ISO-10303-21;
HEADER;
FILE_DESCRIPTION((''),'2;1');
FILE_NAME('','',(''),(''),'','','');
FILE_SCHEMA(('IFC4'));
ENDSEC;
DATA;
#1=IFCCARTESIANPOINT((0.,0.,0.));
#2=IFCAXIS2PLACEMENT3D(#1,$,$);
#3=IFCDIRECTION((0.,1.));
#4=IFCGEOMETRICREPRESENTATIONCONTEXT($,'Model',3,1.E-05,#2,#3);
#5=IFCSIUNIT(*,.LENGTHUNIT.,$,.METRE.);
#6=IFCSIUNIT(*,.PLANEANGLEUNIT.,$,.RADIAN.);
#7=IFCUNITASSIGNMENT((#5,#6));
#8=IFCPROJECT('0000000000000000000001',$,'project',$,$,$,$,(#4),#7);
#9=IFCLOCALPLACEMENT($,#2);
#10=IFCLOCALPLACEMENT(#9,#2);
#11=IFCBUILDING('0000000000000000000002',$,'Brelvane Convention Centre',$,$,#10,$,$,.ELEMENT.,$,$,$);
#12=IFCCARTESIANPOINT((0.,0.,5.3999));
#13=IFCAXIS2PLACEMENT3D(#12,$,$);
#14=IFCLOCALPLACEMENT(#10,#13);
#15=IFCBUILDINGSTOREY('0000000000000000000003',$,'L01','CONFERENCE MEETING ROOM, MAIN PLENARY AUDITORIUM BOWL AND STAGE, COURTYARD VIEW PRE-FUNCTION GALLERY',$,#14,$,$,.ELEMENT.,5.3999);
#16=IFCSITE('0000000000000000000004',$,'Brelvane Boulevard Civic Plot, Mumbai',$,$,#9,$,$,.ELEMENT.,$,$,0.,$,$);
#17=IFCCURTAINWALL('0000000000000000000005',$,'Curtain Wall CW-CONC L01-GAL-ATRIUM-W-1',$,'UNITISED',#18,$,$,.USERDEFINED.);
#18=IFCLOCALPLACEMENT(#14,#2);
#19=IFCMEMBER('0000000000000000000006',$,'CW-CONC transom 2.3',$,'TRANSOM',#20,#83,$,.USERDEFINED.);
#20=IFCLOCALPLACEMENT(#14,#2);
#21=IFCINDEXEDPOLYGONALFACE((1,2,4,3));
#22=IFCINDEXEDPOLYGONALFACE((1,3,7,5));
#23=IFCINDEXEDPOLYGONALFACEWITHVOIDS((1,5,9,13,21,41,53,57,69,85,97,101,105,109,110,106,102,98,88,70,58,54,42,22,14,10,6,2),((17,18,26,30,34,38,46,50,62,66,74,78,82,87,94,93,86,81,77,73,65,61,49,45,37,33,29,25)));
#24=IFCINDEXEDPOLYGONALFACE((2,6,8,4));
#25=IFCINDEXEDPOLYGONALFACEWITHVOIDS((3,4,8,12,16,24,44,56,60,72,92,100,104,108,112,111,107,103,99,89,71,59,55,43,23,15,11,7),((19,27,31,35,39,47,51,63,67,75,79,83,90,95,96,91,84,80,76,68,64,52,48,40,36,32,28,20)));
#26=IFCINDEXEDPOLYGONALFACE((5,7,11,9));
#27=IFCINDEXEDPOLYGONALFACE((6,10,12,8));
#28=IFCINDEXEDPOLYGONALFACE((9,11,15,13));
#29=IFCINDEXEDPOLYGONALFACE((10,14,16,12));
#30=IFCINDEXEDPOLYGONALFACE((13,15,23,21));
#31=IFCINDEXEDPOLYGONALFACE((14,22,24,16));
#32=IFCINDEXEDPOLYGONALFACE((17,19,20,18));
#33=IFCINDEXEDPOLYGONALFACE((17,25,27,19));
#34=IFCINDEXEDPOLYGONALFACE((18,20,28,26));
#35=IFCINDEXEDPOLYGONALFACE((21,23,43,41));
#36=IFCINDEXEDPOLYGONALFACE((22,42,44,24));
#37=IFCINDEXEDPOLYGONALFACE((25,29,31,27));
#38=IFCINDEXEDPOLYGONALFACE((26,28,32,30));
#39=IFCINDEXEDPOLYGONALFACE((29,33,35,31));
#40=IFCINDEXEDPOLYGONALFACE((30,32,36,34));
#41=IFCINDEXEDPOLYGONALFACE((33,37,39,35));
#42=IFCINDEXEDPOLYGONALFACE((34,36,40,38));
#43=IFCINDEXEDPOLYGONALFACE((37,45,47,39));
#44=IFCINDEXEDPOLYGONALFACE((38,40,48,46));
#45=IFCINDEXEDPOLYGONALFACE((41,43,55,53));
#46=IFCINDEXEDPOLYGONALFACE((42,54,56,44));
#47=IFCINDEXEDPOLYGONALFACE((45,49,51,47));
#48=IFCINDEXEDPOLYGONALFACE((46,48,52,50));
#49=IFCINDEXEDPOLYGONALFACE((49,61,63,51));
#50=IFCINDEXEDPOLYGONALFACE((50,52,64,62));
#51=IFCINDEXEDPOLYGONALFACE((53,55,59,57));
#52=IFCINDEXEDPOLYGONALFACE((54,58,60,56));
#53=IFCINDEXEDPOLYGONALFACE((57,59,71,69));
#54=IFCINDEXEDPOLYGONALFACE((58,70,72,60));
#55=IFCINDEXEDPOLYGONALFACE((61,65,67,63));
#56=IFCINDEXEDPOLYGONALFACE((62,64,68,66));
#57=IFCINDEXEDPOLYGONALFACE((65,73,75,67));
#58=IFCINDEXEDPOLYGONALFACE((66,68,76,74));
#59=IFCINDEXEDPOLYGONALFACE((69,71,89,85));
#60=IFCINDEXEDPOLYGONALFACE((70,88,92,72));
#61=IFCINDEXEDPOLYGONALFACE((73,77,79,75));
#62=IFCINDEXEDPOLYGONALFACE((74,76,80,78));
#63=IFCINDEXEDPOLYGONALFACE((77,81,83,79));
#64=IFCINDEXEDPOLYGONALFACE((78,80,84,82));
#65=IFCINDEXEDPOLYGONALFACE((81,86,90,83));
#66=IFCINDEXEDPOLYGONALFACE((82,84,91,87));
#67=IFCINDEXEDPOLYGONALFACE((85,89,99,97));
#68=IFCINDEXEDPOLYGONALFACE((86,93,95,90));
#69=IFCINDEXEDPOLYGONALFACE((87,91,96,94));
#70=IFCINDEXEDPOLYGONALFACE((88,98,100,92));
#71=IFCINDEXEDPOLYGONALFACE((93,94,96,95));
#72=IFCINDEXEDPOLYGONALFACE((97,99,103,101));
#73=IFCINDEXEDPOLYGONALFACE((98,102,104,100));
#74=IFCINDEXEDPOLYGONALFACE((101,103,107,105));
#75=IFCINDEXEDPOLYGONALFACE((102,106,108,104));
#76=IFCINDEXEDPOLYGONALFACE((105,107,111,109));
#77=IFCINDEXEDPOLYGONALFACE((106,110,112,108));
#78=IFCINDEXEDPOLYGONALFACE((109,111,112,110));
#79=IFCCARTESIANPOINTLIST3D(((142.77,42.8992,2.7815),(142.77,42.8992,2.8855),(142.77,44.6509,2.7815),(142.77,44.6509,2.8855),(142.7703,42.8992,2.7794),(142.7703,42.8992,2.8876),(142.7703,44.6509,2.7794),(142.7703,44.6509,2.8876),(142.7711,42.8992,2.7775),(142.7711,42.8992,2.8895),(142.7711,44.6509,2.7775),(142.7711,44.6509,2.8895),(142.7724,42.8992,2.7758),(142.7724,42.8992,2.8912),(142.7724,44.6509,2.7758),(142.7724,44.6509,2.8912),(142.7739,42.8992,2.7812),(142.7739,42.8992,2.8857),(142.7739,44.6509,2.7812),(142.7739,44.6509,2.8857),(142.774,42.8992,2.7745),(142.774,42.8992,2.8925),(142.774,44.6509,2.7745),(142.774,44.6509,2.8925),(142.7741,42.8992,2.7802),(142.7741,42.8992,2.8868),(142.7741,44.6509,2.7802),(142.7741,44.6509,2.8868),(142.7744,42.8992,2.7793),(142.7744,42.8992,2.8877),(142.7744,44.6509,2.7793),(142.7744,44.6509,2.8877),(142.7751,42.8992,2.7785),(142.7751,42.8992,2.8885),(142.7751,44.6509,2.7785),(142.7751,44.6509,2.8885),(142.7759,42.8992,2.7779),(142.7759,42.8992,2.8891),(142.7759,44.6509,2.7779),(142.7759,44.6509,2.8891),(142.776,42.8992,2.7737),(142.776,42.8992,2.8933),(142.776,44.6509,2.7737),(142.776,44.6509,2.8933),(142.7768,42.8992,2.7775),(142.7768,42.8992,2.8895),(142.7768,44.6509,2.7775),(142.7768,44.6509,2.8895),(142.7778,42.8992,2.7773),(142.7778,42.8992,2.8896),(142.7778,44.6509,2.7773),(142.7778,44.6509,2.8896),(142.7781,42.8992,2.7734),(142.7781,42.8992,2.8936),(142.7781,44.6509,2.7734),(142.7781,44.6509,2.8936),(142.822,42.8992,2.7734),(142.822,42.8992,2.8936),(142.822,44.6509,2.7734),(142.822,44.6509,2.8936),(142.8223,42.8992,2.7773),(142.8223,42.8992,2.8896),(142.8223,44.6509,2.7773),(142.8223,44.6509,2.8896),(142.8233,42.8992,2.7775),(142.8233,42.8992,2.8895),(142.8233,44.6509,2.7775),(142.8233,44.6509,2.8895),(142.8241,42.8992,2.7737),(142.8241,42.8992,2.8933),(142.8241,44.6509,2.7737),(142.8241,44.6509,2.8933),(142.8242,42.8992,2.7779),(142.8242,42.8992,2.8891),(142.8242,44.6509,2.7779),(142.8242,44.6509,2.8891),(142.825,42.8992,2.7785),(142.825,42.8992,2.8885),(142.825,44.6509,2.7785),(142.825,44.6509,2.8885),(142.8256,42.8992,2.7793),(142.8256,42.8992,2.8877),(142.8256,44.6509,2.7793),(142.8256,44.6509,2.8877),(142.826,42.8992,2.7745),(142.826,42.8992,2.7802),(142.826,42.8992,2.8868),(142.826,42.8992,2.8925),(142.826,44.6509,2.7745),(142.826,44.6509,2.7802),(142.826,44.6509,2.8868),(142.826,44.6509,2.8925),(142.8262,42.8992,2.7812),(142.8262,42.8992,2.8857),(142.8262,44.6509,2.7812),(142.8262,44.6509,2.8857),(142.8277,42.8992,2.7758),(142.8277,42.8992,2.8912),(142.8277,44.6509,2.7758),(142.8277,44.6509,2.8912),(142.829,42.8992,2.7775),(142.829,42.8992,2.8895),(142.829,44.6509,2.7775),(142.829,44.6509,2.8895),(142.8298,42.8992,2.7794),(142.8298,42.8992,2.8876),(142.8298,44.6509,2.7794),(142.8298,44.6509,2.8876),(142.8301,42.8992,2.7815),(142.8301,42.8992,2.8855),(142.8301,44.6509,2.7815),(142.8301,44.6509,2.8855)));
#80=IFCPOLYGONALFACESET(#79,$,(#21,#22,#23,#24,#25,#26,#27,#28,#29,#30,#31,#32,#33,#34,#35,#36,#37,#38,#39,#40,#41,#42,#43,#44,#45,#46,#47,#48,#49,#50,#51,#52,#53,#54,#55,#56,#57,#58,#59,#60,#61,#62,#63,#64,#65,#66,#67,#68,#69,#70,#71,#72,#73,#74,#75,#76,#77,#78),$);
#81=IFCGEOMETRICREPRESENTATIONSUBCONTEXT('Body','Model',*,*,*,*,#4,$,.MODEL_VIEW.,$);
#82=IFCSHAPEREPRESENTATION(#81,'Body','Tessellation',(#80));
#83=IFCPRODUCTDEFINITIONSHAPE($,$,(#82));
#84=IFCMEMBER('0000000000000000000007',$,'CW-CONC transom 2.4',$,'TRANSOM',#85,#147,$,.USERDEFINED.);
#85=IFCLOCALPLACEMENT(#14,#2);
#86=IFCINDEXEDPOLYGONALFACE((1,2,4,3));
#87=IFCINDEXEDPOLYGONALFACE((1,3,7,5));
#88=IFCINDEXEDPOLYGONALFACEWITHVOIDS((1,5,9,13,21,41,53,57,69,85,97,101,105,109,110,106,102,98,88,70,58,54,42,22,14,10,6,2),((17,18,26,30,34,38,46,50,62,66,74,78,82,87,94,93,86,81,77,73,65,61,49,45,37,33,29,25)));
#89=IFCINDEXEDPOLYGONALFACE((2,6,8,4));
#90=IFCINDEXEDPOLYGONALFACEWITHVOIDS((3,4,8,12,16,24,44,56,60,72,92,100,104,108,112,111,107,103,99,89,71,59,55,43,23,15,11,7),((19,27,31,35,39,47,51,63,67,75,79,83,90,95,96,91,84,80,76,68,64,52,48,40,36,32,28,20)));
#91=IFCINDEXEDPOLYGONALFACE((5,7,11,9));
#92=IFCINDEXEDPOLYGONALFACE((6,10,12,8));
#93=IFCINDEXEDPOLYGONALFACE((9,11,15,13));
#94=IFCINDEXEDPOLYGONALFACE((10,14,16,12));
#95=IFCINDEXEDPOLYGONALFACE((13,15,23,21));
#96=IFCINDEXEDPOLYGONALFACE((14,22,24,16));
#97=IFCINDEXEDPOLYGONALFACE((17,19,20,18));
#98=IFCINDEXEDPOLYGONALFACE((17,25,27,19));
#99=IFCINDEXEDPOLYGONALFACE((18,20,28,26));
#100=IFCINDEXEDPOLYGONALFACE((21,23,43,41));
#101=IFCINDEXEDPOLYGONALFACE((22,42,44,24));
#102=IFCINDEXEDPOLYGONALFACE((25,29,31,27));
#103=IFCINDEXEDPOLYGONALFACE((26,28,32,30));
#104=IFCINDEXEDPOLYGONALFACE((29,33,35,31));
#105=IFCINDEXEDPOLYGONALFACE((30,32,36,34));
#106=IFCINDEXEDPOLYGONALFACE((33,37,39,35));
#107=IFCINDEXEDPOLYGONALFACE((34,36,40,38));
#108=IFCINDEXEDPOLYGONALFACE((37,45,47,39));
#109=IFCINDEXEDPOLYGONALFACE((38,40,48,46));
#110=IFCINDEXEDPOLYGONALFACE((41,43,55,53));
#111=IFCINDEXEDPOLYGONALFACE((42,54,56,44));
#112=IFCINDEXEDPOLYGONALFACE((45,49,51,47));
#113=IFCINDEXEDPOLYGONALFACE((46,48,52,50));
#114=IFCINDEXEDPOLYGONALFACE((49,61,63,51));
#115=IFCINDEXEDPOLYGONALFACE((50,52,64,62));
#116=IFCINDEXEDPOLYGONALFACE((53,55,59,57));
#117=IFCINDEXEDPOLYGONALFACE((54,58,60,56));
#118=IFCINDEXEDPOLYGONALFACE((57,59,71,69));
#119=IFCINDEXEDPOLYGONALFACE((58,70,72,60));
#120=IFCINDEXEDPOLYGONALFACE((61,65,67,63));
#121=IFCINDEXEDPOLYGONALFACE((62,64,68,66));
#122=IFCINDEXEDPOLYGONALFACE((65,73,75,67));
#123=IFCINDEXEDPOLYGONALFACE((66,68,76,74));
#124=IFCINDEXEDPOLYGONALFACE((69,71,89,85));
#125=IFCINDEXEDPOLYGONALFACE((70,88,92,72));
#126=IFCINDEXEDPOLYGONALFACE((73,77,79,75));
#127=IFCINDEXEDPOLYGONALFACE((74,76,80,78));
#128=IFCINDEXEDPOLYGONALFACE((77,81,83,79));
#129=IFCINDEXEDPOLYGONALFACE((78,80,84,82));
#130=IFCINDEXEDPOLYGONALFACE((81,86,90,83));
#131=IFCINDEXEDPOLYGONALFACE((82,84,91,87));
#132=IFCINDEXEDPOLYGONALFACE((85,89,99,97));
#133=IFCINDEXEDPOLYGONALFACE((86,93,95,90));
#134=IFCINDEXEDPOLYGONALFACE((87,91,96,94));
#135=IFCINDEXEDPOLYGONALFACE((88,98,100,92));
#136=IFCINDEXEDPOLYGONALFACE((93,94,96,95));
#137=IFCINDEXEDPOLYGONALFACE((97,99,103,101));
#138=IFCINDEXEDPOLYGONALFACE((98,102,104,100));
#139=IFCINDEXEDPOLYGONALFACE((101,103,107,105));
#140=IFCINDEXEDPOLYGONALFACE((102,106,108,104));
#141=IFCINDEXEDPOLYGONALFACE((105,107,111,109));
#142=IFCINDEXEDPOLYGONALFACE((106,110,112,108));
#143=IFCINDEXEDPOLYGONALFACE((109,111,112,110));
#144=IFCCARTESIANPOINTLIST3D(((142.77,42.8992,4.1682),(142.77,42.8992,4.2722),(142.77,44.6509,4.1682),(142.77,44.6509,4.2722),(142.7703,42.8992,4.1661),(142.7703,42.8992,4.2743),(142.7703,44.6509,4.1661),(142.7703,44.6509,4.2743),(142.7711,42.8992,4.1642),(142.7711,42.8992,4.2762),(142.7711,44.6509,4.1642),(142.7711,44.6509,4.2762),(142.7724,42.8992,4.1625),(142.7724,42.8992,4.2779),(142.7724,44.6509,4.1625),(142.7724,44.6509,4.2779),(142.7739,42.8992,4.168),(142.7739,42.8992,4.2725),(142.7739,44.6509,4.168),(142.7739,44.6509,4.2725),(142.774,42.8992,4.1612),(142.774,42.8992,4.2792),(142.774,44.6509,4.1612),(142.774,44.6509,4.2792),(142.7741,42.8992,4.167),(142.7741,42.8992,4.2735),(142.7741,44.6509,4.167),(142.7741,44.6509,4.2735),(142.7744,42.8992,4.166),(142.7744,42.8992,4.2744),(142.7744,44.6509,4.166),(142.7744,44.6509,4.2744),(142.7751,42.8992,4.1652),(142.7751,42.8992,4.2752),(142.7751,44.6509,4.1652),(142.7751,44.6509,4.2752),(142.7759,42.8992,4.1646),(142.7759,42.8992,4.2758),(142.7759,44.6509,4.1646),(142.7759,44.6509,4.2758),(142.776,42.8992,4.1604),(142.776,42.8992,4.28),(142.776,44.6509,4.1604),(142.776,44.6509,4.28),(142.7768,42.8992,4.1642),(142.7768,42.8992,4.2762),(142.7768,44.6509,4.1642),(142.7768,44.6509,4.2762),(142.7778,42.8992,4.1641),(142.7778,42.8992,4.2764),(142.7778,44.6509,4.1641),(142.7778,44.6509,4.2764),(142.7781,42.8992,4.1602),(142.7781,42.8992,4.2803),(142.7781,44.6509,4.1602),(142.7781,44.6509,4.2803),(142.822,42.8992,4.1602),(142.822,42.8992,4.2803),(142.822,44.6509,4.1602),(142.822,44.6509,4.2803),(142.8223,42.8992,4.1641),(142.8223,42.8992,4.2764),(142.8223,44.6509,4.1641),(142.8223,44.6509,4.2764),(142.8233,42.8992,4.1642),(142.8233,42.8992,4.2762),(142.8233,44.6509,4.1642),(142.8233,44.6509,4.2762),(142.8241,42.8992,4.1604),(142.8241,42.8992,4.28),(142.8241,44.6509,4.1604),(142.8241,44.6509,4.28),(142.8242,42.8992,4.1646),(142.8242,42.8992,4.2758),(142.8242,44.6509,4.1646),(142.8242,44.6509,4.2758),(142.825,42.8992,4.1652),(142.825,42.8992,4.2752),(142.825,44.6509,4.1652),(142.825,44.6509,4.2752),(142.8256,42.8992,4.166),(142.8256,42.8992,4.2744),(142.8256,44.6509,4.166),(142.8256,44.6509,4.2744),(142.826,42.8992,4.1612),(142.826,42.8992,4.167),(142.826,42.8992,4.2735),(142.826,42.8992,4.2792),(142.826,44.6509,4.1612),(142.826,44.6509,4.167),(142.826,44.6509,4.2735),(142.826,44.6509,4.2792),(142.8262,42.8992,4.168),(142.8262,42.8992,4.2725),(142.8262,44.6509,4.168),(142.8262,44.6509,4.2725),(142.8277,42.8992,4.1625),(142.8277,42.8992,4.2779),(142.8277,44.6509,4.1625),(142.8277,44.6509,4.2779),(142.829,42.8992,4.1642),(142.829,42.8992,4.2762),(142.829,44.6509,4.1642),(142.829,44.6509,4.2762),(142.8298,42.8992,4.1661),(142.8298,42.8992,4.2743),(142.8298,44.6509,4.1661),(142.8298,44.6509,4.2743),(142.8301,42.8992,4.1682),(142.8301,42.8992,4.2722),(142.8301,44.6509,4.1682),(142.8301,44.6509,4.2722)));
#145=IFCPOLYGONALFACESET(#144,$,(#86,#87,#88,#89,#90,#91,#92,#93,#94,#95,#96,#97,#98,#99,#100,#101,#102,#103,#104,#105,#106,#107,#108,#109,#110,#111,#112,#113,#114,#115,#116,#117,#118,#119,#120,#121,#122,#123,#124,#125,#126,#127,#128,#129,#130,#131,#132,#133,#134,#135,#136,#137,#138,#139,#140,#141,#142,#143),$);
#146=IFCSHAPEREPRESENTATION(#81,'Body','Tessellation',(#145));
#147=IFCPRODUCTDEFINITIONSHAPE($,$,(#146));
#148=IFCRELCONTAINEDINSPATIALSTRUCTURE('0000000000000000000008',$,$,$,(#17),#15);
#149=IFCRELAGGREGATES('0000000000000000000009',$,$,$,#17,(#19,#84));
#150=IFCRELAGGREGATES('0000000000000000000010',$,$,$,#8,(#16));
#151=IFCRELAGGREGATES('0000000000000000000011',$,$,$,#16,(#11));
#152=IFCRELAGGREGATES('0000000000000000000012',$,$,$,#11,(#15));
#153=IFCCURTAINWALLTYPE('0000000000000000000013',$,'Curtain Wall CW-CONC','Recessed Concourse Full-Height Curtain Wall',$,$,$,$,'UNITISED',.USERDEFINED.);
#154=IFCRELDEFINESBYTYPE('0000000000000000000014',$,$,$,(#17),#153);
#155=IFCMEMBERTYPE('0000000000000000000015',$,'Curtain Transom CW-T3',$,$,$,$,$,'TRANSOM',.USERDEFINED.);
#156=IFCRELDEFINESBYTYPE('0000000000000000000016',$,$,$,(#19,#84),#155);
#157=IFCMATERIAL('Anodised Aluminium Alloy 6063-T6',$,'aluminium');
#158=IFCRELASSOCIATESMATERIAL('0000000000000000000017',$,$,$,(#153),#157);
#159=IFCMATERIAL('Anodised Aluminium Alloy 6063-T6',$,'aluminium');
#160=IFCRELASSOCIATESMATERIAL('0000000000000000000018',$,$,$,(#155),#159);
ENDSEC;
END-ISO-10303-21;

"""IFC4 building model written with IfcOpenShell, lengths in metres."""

from ifc_helpers import new_model, si_unit, direction, frame, origin, origin_2d, place, context, subcontext, project, spatial, hollow_rectangle, extrude, material, material_profile, profile_set, type_object, element, aggregate, save


model = new_model("IFC4")

# Units and contexts
model_context = context("Model", 3, precision=1e-05, world=origin(), true_north=direction((0.0, 1.0)))
body_context = subcontext(model_context, "Body", "Model", "MODEL_VIEW")
ifc_project = project(units=[si_unit("LENGTHUNIT", "METRE"), si_unit("PLANEANGLEUNIT", "RADIAN")], contexts=[model_context])

# Site, building, storey
site_placement = place(None, origin())
site = spatial("IfcSite", under=ifc_project, at=site_placement, Name="Brelvane Boulevard Civic Plot, Mumbai", CompositionType="ELEMENT", RefElevation=0.0)
building_placement = place(site_placement, origin())
building = spatial("IfcBuilding", under=site, at=building_placement, Name="Brelvane Convention Centre", CompositionType="ELEMENT")
storey_placement = place(building_placement, frame((0.0, 0.0, 5.3999)))
storey = spatial("IfcBuildingStorey", under=building, at=storey_placement, Name="L01", Description="CONFERENCE MEETING ROOM, MAIN PLENARY AUDITORIUM BOWL AND STAGE, COURTYARD VIEW PRE-FUNCTION GALLERY", CompositionType="ELEMENT", Elevation=5.3999)

# Curtain wall, members
ifc_material_1 = material(Name="Anodised Aluminium Alloy 6063-T6", Category="aluminium")
curtain_wall_type = type_object("IfcCurtainWallType", Name="Curtain Wall CW-CONC", Description="Recessed Concourse Full-Height Curtain Wall", ElementType="UNITISED", PredefinedType="USERDEFINED", material=ifc_material_1)
curtain_wall_placement = place(storey_placement, origin())
curtain_wall = element("IfcCurtainWall", 1, at=curtain_wall_placement, inside=storey, type_object=curtain_wall_type, Name="Curtain Wall CW-CONC L01-GAL-ATRIUM-W-1", ObjectType="UNITISED", PredefinedType="USERDEFINED")
ifc_material_2 = material(Name="Anodised Aluminium Alloy 6063-T6", Category="aluminium")
ifc_material_profile_1 = material_profile(ifc_material_2, hollow_rectangle(XDim=0.0601, YDim=0.1201, WallThickness=0.0039, InnerFilletRadius=0.0039, OuterFilletRadius=0.0081, at=origin_2d()), Name="ALU-T 120x60x4.0")
ifc_profile_set_1 = profile_set([ifc_material_profile_1], Name="Anodised Aluminium Alloy 6063-T6")
member_type_1 = type_object("IfcMemberType", Name="Curtain Transom CW-T3", ElementType="TRANSOM", PredefinedType="USERDEFINED", material=ifc_profile_set_1)
member_1_placement = place(storey_placement, frame((142.8, 42.8992, 2.8335), z_axis=(0.0, 1.0, 0.0), x_axis=(-1.0, 0.0, 0.0)))
member_1 = element("IfcMember", 2, at=member_1_placement, type_object=member_type_1, Name="CW-CONC transom 2.3", ObjectType="TRANSOM", PredefinedType="USERDEFINED", context=body_context, shape_type="SweptSolid", body=[
    extrude(hollow_rectangle(XDim=0.0601, YDim=0.1201, WallThickness=0.0039, InnerFilletRadius=0.0039, OuterFilletRadius=0.0081, at=origin_2d()), origin(), (0.0, 0.0, 1.0), 1.7517),
])
member_2_placement = place(storey_placement, frame((142.8, 42.8992, 4.2202), z_axis=(0.0, 1.0, 0.0), x_axis=(-1.0, 0.0, 0.0)))
member_2 = element("IfcMember", 3, at=member_2_placement, type_object=member_type_1, Name="CW-CONC transom 2.4", ObjectType="TRANSOM", PredefinedType="USERDEFINED", context=body_context, shape_type="SweptSolid", body=[
    extrude(hollow_rectangle(XDim=0.0601, YDim=0.1201, WallThickness=0.0039, InnerFilletRadius=0.0039, OuterFilletRadius=0.0081, at=origin_2d()), origin(), (0.0, 0.0, 1.0), 1.7517),
])

aggregate(curtain_wall, [member_1, member_2])

save(model, "model.ifc")
